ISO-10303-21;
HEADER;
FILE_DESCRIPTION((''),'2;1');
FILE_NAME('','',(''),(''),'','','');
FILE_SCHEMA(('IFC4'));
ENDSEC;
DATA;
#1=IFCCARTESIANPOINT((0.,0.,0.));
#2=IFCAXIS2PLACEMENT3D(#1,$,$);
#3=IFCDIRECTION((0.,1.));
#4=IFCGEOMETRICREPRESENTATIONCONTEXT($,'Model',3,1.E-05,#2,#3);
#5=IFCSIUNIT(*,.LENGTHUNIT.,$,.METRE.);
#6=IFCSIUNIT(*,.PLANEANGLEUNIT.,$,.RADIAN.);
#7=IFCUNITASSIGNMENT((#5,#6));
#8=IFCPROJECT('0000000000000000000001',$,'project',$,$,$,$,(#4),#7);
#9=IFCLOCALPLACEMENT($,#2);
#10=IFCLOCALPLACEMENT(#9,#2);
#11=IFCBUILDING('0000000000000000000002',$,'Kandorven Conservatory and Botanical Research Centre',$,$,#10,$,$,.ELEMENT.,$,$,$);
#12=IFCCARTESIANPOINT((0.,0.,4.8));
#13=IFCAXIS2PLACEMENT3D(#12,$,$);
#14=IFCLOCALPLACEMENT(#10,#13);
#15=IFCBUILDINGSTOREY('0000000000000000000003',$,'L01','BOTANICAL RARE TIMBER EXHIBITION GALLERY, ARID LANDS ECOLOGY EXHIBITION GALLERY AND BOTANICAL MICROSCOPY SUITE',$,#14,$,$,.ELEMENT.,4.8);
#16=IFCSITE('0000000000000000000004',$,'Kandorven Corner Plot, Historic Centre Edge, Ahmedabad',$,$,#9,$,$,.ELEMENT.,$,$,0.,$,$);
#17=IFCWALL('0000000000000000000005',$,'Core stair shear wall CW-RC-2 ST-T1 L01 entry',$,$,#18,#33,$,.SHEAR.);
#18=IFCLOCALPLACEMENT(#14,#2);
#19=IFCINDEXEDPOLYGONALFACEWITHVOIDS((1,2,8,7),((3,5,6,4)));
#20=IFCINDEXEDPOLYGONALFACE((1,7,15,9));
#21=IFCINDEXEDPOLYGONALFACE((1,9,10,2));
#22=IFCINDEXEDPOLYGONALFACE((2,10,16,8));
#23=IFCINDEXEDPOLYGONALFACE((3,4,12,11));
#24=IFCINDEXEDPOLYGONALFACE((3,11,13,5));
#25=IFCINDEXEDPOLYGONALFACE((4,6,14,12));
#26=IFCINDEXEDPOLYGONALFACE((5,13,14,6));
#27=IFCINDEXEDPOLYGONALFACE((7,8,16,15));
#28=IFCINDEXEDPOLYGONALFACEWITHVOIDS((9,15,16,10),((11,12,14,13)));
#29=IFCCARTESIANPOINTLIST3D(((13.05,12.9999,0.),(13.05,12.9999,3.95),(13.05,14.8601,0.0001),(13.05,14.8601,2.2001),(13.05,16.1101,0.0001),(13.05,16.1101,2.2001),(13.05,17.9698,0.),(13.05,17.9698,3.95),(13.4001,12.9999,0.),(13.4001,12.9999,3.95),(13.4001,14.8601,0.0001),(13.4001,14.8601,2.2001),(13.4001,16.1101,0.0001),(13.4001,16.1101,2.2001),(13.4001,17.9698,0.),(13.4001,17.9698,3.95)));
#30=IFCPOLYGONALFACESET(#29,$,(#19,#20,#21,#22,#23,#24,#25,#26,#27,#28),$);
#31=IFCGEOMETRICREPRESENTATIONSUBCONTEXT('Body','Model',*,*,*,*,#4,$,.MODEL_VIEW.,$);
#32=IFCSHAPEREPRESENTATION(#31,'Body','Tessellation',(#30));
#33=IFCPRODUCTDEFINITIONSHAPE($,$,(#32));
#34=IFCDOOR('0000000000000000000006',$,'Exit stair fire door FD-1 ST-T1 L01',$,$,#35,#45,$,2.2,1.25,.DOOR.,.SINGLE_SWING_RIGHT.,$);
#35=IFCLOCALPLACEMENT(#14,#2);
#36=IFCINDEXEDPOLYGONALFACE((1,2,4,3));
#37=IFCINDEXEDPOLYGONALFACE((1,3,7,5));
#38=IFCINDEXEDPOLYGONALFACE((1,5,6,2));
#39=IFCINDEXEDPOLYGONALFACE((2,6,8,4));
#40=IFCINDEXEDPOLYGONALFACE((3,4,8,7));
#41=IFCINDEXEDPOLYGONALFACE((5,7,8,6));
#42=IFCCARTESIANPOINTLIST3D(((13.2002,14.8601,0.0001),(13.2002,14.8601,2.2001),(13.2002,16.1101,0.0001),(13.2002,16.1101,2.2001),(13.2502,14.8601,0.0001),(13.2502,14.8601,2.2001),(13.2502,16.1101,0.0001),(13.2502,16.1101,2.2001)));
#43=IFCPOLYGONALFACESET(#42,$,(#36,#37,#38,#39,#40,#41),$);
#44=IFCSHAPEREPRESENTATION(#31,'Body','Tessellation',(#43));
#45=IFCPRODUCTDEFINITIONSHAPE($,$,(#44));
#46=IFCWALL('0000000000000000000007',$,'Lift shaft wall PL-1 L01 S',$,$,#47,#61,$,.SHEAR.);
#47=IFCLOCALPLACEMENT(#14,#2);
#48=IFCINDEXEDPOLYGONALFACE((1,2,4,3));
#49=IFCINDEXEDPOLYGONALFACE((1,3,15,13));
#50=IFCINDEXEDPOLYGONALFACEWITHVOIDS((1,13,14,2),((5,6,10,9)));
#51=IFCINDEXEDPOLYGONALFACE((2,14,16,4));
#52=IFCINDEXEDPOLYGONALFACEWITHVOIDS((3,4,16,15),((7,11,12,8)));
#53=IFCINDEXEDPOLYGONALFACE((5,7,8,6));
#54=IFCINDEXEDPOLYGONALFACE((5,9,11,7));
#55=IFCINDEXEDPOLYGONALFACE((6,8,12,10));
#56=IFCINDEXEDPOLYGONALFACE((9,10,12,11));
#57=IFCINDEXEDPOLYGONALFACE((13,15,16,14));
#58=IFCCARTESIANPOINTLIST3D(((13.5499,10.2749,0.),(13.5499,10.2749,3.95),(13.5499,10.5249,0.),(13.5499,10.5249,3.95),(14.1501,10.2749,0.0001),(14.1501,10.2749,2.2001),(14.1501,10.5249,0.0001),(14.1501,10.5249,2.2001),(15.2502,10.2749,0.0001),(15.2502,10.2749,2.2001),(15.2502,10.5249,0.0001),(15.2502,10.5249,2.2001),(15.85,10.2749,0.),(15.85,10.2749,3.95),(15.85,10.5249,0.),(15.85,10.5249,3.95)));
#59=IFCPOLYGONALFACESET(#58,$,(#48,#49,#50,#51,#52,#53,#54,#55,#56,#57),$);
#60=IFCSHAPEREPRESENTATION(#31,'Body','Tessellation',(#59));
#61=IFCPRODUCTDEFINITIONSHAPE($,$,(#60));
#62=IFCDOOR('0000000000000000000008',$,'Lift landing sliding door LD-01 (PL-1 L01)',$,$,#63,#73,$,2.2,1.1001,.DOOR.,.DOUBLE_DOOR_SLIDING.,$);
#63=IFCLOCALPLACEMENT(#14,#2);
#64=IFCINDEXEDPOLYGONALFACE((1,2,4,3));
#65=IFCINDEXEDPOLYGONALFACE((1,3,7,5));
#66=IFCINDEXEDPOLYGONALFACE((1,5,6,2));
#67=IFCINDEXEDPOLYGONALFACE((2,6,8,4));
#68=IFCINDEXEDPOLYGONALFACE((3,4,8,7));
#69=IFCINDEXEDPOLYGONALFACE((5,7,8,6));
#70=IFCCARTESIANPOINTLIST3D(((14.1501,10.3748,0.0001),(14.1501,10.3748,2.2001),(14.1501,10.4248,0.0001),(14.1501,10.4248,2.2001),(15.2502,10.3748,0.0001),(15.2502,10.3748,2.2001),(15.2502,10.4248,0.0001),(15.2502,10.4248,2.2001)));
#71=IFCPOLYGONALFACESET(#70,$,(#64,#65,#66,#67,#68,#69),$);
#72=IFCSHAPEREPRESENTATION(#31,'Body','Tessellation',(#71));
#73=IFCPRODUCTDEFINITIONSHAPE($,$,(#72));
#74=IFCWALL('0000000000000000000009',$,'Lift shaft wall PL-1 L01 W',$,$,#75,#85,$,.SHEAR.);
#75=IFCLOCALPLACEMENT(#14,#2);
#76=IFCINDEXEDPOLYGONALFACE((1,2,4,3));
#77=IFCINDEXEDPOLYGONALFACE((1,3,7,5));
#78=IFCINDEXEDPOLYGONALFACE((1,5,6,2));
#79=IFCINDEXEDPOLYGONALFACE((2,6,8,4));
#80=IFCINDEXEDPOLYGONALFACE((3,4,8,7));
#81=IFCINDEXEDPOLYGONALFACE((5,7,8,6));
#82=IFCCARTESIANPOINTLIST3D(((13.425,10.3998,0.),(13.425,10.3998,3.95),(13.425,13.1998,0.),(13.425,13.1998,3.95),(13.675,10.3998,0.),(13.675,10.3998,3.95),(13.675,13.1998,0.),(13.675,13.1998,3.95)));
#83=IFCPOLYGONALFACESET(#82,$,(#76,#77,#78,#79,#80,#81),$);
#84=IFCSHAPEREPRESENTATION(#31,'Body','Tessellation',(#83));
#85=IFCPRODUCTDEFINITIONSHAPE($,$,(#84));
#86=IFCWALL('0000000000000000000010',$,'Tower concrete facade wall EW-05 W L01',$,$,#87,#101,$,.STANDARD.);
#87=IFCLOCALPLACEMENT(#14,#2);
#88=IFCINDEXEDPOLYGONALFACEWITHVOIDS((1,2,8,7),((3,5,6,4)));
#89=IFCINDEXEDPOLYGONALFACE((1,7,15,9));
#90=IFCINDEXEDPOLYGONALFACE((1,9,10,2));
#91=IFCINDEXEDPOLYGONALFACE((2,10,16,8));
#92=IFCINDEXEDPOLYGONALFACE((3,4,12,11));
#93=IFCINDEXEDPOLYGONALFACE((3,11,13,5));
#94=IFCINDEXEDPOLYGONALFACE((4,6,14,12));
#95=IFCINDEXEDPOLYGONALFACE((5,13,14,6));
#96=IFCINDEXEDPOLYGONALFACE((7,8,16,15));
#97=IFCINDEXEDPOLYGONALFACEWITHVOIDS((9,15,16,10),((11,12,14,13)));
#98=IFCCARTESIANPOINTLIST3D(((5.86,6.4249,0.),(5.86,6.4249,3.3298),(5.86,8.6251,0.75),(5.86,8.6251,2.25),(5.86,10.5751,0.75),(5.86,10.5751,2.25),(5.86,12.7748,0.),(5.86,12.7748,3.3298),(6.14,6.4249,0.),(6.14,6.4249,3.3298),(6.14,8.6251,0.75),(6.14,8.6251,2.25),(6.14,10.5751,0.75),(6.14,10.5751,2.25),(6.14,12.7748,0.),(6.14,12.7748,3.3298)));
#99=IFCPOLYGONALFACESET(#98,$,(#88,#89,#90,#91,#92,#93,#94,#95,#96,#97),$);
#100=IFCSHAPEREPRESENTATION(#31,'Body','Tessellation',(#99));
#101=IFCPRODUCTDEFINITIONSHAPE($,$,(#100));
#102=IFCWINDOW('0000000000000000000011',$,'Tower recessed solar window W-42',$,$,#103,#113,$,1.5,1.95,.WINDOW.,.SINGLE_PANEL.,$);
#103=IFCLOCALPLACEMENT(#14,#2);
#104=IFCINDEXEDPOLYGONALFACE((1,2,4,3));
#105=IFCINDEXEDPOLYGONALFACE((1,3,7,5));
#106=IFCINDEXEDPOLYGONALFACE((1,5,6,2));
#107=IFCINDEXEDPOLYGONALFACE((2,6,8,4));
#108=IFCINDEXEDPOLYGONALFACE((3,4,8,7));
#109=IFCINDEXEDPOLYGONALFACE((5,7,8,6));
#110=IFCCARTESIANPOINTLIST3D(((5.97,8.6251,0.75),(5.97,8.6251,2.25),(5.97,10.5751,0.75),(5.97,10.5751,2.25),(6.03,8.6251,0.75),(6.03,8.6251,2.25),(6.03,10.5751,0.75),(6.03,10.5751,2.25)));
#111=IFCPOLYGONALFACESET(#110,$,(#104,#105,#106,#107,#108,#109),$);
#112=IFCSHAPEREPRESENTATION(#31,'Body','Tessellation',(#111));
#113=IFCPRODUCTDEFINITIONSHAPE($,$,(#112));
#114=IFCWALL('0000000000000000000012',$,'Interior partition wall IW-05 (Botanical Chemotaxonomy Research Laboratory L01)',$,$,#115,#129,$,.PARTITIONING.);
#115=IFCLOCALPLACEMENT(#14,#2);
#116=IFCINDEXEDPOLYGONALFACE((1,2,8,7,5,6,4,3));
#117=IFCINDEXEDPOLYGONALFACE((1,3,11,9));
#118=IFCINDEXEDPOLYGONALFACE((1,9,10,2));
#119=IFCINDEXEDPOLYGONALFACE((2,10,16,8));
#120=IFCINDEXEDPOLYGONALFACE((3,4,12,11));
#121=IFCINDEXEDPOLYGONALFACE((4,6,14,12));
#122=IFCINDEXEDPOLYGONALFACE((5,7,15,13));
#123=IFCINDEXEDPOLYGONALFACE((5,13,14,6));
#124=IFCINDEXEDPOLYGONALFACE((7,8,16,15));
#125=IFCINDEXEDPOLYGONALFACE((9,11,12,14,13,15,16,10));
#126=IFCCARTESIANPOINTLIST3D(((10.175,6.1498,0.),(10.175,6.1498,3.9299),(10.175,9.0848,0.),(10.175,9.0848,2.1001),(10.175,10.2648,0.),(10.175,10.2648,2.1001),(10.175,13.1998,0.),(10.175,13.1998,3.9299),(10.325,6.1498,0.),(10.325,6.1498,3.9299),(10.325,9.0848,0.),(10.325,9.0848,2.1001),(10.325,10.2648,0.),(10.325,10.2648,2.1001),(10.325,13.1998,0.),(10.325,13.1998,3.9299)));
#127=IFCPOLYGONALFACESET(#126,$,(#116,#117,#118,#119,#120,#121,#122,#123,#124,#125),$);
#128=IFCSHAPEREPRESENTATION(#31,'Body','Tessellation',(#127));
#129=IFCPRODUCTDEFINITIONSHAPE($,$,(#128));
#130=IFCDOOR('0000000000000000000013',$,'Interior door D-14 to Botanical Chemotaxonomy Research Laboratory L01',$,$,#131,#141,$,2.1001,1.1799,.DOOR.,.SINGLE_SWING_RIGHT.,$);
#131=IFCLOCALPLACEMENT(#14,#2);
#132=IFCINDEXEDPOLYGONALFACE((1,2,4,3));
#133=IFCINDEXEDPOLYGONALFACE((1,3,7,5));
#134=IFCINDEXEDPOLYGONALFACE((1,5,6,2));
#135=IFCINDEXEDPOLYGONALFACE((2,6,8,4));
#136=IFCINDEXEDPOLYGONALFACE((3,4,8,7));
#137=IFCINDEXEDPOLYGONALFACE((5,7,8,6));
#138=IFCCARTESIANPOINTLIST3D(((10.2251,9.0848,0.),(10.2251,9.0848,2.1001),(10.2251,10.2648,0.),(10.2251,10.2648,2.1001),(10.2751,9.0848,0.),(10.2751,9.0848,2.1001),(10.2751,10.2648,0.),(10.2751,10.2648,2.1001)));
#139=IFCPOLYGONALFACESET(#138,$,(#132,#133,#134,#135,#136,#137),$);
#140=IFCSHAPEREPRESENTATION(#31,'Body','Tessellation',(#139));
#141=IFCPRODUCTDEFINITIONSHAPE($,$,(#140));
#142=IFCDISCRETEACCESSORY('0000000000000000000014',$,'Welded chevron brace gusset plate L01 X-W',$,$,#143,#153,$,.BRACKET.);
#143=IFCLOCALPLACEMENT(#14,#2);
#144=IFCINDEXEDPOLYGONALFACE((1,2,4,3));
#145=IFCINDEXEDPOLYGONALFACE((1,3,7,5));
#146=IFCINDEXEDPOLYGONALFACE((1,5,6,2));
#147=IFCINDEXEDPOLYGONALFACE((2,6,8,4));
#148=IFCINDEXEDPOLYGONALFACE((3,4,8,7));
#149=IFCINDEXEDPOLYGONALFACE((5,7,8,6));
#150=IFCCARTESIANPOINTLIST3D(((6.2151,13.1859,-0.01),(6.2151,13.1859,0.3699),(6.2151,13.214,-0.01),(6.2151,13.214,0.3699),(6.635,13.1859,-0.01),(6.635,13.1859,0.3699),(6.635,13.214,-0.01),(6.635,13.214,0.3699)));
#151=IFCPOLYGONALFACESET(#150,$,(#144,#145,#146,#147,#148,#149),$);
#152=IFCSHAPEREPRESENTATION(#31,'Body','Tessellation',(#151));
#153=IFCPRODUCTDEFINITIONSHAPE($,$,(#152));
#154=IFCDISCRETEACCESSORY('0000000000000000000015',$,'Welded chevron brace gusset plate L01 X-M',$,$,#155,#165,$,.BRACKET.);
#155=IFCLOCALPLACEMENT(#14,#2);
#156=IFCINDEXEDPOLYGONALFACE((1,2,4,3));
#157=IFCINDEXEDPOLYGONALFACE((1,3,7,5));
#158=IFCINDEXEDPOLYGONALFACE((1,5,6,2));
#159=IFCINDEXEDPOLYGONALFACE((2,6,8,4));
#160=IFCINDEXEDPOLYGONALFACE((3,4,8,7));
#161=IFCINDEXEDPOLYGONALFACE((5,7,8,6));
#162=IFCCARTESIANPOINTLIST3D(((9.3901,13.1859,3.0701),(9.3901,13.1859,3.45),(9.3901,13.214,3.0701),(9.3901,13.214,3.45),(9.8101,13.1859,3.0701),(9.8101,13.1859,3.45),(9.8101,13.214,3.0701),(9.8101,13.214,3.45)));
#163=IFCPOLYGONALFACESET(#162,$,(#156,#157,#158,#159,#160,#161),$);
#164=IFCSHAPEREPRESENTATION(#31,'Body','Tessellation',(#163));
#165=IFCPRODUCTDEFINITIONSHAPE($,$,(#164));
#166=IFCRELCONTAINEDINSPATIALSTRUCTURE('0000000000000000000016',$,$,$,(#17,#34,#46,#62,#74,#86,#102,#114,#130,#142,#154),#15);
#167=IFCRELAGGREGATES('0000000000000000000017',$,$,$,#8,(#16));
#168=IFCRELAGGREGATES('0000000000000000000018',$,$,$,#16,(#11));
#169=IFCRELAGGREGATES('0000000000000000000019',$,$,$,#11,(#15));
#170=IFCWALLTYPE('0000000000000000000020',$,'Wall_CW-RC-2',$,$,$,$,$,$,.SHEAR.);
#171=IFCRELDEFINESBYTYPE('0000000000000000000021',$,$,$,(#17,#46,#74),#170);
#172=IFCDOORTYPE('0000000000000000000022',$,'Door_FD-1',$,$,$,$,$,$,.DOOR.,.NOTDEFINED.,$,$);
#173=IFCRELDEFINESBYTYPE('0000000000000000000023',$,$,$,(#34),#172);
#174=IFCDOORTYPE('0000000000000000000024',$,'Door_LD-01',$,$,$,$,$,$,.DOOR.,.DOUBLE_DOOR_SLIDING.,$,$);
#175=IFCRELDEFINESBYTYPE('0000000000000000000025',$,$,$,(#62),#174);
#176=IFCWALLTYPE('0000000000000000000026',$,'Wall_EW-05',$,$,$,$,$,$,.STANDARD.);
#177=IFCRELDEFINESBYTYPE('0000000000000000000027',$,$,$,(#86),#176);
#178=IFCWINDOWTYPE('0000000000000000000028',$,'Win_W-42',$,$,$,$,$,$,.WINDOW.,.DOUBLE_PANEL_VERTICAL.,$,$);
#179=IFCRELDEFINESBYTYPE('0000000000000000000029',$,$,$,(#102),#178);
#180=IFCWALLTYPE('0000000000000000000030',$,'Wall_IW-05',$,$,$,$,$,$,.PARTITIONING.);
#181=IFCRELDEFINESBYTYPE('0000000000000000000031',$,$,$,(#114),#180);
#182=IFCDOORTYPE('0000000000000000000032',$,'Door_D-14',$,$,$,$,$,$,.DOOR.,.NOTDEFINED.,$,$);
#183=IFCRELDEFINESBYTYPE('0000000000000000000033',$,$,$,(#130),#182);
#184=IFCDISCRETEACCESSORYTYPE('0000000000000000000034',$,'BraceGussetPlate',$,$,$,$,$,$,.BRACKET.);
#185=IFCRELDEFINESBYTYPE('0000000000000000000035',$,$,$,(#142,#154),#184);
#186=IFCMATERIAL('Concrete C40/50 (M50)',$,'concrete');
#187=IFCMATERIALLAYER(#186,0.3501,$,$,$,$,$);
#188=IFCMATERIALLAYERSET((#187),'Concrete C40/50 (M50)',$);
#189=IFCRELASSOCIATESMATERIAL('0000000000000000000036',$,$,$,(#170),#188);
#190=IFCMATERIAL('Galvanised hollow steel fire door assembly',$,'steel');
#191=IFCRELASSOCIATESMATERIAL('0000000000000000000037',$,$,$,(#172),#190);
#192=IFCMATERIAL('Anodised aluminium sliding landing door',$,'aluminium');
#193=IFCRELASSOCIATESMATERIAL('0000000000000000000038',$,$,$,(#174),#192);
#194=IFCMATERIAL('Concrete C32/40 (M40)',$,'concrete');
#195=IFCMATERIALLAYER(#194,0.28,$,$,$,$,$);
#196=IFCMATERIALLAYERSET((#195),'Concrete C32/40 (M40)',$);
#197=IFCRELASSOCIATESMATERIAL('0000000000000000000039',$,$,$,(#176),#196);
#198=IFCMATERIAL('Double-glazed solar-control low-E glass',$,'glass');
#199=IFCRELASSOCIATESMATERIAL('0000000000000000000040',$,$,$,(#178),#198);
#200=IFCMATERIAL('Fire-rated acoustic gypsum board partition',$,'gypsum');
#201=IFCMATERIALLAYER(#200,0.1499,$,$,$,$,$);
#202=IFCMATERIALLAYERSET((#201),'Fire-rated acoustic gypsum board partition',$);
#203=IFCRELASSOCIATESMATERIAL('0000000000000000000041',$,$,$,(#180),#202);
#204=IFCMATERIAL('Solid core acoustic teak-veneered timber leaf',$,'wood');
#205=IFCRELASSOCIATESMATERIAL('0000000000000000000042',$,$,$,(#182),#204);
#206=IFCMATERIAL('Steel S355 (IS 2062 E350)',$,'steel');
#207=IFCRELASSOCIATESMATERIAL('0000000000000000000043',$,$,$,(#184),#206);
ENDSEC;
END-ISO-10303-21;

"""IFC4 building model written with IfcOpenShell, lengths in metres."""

from ifc_helpers import new_model, si_unit, direction, frame, frame_2d, origin, origin_2d, place, context, subcontext, project, spatial, rectangle, extrude, material, layer, layer_set, type_object, element, fill, save


model = new_model("IFC4")

# Units and contexts
model_context = context("Model", 3, precision=1e-05, world=origin(), true_north=direction((0.0, 1.0)))
body_context = subcontext(model_context, "Body", "Model", "MODEL_VIEW")
ifc_project = project(units=[si_unit("LENGTHUNIT", "METRE"), si_unit("PLANEANGLEUNIT", "RADIAN")], contexts=[model_context])

# Site, building, storey
site_placement = place(None, origin())
site = spatial("IfcSite", under=ifc_project, at=site_placement, Name="Kandorven Corner Plot, Historic Centre Edge, Ahmedabad", CompositionType="ELEMENT", RefElevation=0.0)
building_placement = place(site_placement, origin())
building = spatial("IfcBuilding", under=site, at=building_placement, Name="Kandorven Conservatory and Botanical Research Centre", CompositionType="ELEMENT")
storey_placement = place(building_placement, frame((0.0, 0.0, 4.8)))
storey = spatial("IfcBuildingStorey", under=building, at=storey_placement, Name="L01", Description="BOTANICAL RARE TIMBER EXHIBITION GALLERY, ARID LANDS ECOLOGY EXHIBITION GALLERY AND BOTANICAL MICROSCOPY SUITE", CompositionType="ELEMENT", Elevation=4.8)

# Walls, openings, doors
ifc_material_1 = material(Name="Concrete C40/50 (M50)", Category="concrete")
ifc_layer_1 = layer(ifc_material_1, 0.3501)
ifc_layer_set_1 = layer_set([ifc_layer_1], Name="Concrete C40/50 (M50)")
wall_type_1 = type_object("IfcWallType", Name="Wall_CW-RC-2", PredefinedType="SHEAR", material=ifc_layer_set_1)
wall_1_placement = place(storey_placement, frame((13.2251, 13.0, 0.0), z_axis=(0.0, 0.0, 1.0), x_axis=(0.0, 1.0, 0.0)))
wall_1 = element("IfcWall", 1, at=wall_1_placement, inside=storey, type_object=wall_type_1, Name="Core stair shear wall CW-RC-2 ST-T1 L01 entry", PredefinedType="SHEAR", context=body_context, shape_type="SweptSolid", body=[
    extrude(rectangle(XDim=4.97, YDim=0.3501, at=frame_2d((2.4849, 0.0))), origin(), (0.0, 0.0, 1.0), 3.95),
])
opening_1_placement = place(wall_1_placement, frame((1.8601, 0.0, 0.0)))
opening_1 = element("IfcOpeningElement", 2, at=opening_1_placement, cuts=wall_1, PredefinedType="OPENING", context=body_context, shape_type="SweptSolid", body=[
    extrude(rectangle(XDim=1.25, YDim=2.2, at=frame_2d((0.625, 1.1001))), frame((0.0, 0.1851, 0.0), z_axis=(0.0, -1.0, 0.0), x_axis=(1.0, 0.0, 0.0)), (0.0, 0.0, 1.0), 0.3701),
])
ifc_material_2 = material(Name="Galvanised hollow steel fire door assembly", Category="steel")
door_type_1 = type_object("IfcDoorType", Name="Door_FD-1", OperationType="NOTDEFINED", PredefinedType="DOOR", material=ifc_material_2)
door_1_placement = place(opening_1_placement, origin())
door_1 = element("IfcDoor", 3, at=door_1_placement, inside=storey, type_object=door_type_1, Name="Exit stair fire door FD-1 ST-T1 L01", OperationType="SINGLE_SWING_RIGHT", OverallHeight=2.2, OverallWidth=1.25, PredefinedType="DOOR", context=body_context, shape_type="SweptSolid", body=[
    extrude(rectangle(XDim=1.25, YDim=2.2, at=frame_2d((0.625, 1.1001))), frame((0.0, 0.0249, 0.0), z_axis=(0.0, -1.0, 0.0), x_axis=(1.0, 0.0, 0.0)), (0.0, 0.0, 1.0), 0.05),
])
fill(opening_1, door_1)
wall_2_placement = place(storey_placement, frame((13.55, 10.3999, 0.0), z_axis=(0.0, 0.0, 1.0), x_axis=(1.0, 0.0, 0.0)))
wall_2 = element("IfcWall", 4, at=wall_2_placement, inside=storey, type_object=wall_type_1, Name="Lift shaft wall PL-1 L01 S", PredefinedType="SHEAR", context=body_context, shape_type="SweptSolid", body=[
    extrude(rectangle(XDim=2.3, YDim=0.25, at=frame_2d((1.1499, 0.0))), origin(), (0.0, 0.0, 1.0), 3.95),
])
opening_2_placement = place(wall_2_placement, frame((0.6001, 0.0, 0.0)))
opening_2 = element("IfcOpeningElement", 5, at=opening_2_placement, cuts=wall_2, PredefinedType="OPENING", context=body_context, shape_type="SweptSolid", body=[
    extrude(rectangle(XDim=1.1001, YDim=2.2, at=frame_2d((0.55, 1.1001))), frame((0.0, 0.135, 0.0), z_axis=(0.0, -1.0, 0.0), x_axis=(1.0, 0.0, 0.0)), (0.0, 0.0, 1.0), 0.27),
])
ifc_material_3 = material(Name="Anodised aluminium sliding landing door", Category="aluminium")
door_type_2 = type_object("IfcDoorType", Name="Door_LD-01", OperationType="DOUBLE_DOOR_SLIDING", PredefinedType="DOOR", material=ifc_material_3)
door_2_placement = place(opening_2_placement, origin())
door_2 = element("IfcDoor", 6, at=door_2_placement, inside=storey, type_object=door_type_2, Name="Lift landing sliding door LD-01 (PL-1 L01)", OperationType="DOUBLE_DOOR_SLIDING", OverallHeight=2.2, OverallWidth=1.1001, PredefinedType="DOOR", context=body_context, shape_type="SweptSolid", body=[
    extrude(rectangle(XDim=1.1001, YDim=2.2, at=frame_2d((0.55, 1.1001))), frame((0.0, 0.0249, 0.0), z_axis=(0.0, -1.0, 0.0), x_axis=(1.0, 0.0, 0.0)), (0.0, 0.0, 1.0), 0.05),
])
fill(opening_2, door_2)

# Wall
wall_3_placement = place(storey_placement, frame((13.55, 10.3999, 0.0), z_axis=(0.0, 0.0, 1.0), x_axis=(0.0, 1.0, 0.0)))
element("IfcWall", 7, at=wall_3_placement, inside=storey, type_object=wall_type_1, Name="Lift shaft wall PL-1 L01 W", PredefinedType="SHEAR", context=body_context, shape_type="SweptSolid", body=[
    extrude(rectangle(XDim=2.8, YDim=0.25, at=frame_2d((1.3999, 0.0))), origin(), (0.0, 0.0, 1.0), 3.95),
])

# Wall, opening, window
ifc_material_4 = material(Name="Concrete C32/40 (M40)", Category="concrete")
ifc_layer_2 = layer(ifc_material_4, 0.28)
ifc_layer_set_2 = layer_set([ifc_layer_2], Name="Concrete C32/40 (M40)")
wall_type_2 = type_object("IfcWallType", Name="Wall_EW-05", PredefinedType="STANDARD", material=ifc_layer_set_2)
wall_4_placement = place(storey_placement, frame((6.0, 6.425, 0.0), z_axis=(0.0, 0.0, 1.0), x_axis=(0.0, 1.0, 0.0)))
wall_4 = element("IfcWall", 8, at=wall_4_placement, inside=storey, type_object=wall_type_2, Name="Tower concrete facade wall EW-05 W L01", PredefinedType="STANDARD", context=body_context, shape_type="SweptSolid", body=[
    extrude(rectangle(XDim=6.3499, YDim=0.28, at=frame_2d((3.1748, 0.0))), origin(), (0.0, 0.0, 1.0), 3.3298),
])
opening_3_placement = place(wall_4_placement, frame((2.2, 0.0, 0.75)))
opening_3 = element("IfcOpeningElement", 9, at=opening_3_placement, cuts=wall_4, PredefinedType="OPENING", context=body_context, shape_type="SweptSolid", body=[
    extrude(rectangle(XDim=1.95, YDim=1.5, at=frame_2d((0.9751, 0.75))), frame((0.0, 0.1499, 0.0), z_axis=(0.0, -1.0, 0.0), x_axis=(1.0, 0.0, 0.0)), (0.0, 0.0, 1.0), 0.3),
])
ifc_material_5 = material(Name="Double-glazed solar-control low-E glass", Category="glass")
window_type = type_object("IfcWindowType", Name="Win_W-42", PartitioningType="DOUBLE_PANEL_VERTICAL", PredefinedType="WINDOW", material=ifc_material_5)
window_placement = place(opening_3_placement, origin())
window = element("IfcWindow", 10, at=window_placement, inside=storey, type_object=window_type, Name="Tower recessed solar window W-42", OverallHeight=1.5, OverallWidth=1.95, PartitioningType="SINGLE_PANEL", PredefinedType="WINDOW", context=body_context, shape_type="SweptSolid", body=[
    extrude(rectangle(XDim=1.95, YDim=1.5, at=frame_2d((0.9751, 0.75))), frame((0.0, 0.03, 0.0), z_axis=(0.0, -1.0, 0.0), x_axis=(1.0, 0.0, 0.0)), (0.0, 0.0, 1.0), 0.0601),
])
fill(opening_3, window)

# Wall, opening, door
ifc_material_6 = material(Name="Fire-rated acoustic gypsum board partition", Category="gypsum")
ifc_layer_3 = layer(ifc_material_6, 0.1499)
ifc_layer_set_3 = layer_set([ifc_layer_3], Name="Fire-rated acoustic gypsum board partition")
wall_type_3 = type_object("IfcWallType", Name="Wall_IW-05", PredefinedType="PARTITIONING", material=ifc_layer_set_3)
wall_5_placement = place(storey_placement, frame((10.25, 6.1499, 0.0), z_axis=(0.0, 0.0, 1.0), x_axis=(0.0, 1.0, 0.0)))
wall_5 = element("IfcWall", 11, at=wall_5_placement, inside=storey, type_object=wall_type_3, Name="Interior partition wall IW-05 (Botanical Chemotaxonomy Research Laboratory L01)", PredefinedType="PARTITIONING", context=body_context, shape_type="SweptSolid", body=[
    extrude(rectangle(XDim=7.05, YDim=0.1499, at=frame_2d((3.5249, 0.0))), origin(), (0.0, 0.0, 1.0), 3.9299),
])
opening_4_placement = place(wall_5_placement, frame((2.9351, 0.0, 0.0)))
opening_4 = element("IfcOpeningElement", 12, at=opening_4_placement, cuts=wall_5, PredefinedType="OPENING", context=body_context, shape_type="SweptSolid", body=[
    extrude(rectangle(XDim=1.1799, YDim=2.1001, at=frame_2d((0.5898, 1.05))), frame((0.0, 0.085, 0.0), z_axis=(0.0, -1.0, 0.0), x_axis=(1.0, 0.0, 0.0)), (0.0, 0.0, 1.0), 0.1699),
])
ifc_material_7 = material(Name="Solid core acoustic teak-veneered timber leaf", Category="wood")
door_type_3 = type_object("IfcDoorType", Name="Door_D-14", OperationType="NOTDEFINED", PredefinedType="DOOR", material=ifc_material_7)
door_3_placement = place(opening_4_placement, origin())
door_3 = element("IfcDoor", 13, at=door_3_placement, inside=storey, type_object=door_type_3, Name="Interior door D-14 to Botanical Chemotaxonomy Research Laboratory L01", OperationType="SINGLE_SWING_RIGHT", OverallHeight=2.1001, OverallWidth=1.1799, PredefinedType="DOOR", context=body_context, shape_type="SweptSolid", body=[
    extrude(rectangle(XDim=1.1799, YDim=2.1001, at=frame_2d((0.5898, 1.05))), frame((0.0, 0.0249, 0.0), z_axis=(0.0, -1.0, 0.0), x_axis=(1.0, 0.0, 0.0)), (0.0, 0.0, 1.0), 0.05),
])
fill(opening_4, door_3)

# Discrete accessories
ifc_material_8 = material(Name="Steel S355 (IS 2062 E350)", Category="steel")
discrete_accessory_type_1 = type_object("IfcDiscreteAccessoryType", Name="BraceGussetPlate", PredefinedType="BRACKET", material=ifc_material_8)
for number, where, z_axis, x_axis, name in (
    (14, (6.425, 13.2, -0.01), (0.0, 0.0, 1.0), (1.0, 0.0, 0.0), "Welded chevron brace gusset plate L01 X-W"),
    (15, (9.6001, 13.2, 3.0701), (0.0, 0.0, 1.0), (1.0, 0.0, 0.0), "Welded chevron brace gusset plate L01 X-M"),
):
    element("IfcDiscreteAccessory", number, at=place(storey_placement, frame(where, z_axis=z_axis, x_axis=x_axis)), inside=storey, type_object=discrete_accessory_type_1, Name=name, PredefinedType="BRACKET", context=body_context, shape_type="SweptSolid", body=[
        extrude(rectangle(XDim=0.4199, YDim=0.0281, at=origin_2d()), origin(), (0.0, 0.0, 1.0), 0.3799),
    ])

save(model, "model.ifc")
